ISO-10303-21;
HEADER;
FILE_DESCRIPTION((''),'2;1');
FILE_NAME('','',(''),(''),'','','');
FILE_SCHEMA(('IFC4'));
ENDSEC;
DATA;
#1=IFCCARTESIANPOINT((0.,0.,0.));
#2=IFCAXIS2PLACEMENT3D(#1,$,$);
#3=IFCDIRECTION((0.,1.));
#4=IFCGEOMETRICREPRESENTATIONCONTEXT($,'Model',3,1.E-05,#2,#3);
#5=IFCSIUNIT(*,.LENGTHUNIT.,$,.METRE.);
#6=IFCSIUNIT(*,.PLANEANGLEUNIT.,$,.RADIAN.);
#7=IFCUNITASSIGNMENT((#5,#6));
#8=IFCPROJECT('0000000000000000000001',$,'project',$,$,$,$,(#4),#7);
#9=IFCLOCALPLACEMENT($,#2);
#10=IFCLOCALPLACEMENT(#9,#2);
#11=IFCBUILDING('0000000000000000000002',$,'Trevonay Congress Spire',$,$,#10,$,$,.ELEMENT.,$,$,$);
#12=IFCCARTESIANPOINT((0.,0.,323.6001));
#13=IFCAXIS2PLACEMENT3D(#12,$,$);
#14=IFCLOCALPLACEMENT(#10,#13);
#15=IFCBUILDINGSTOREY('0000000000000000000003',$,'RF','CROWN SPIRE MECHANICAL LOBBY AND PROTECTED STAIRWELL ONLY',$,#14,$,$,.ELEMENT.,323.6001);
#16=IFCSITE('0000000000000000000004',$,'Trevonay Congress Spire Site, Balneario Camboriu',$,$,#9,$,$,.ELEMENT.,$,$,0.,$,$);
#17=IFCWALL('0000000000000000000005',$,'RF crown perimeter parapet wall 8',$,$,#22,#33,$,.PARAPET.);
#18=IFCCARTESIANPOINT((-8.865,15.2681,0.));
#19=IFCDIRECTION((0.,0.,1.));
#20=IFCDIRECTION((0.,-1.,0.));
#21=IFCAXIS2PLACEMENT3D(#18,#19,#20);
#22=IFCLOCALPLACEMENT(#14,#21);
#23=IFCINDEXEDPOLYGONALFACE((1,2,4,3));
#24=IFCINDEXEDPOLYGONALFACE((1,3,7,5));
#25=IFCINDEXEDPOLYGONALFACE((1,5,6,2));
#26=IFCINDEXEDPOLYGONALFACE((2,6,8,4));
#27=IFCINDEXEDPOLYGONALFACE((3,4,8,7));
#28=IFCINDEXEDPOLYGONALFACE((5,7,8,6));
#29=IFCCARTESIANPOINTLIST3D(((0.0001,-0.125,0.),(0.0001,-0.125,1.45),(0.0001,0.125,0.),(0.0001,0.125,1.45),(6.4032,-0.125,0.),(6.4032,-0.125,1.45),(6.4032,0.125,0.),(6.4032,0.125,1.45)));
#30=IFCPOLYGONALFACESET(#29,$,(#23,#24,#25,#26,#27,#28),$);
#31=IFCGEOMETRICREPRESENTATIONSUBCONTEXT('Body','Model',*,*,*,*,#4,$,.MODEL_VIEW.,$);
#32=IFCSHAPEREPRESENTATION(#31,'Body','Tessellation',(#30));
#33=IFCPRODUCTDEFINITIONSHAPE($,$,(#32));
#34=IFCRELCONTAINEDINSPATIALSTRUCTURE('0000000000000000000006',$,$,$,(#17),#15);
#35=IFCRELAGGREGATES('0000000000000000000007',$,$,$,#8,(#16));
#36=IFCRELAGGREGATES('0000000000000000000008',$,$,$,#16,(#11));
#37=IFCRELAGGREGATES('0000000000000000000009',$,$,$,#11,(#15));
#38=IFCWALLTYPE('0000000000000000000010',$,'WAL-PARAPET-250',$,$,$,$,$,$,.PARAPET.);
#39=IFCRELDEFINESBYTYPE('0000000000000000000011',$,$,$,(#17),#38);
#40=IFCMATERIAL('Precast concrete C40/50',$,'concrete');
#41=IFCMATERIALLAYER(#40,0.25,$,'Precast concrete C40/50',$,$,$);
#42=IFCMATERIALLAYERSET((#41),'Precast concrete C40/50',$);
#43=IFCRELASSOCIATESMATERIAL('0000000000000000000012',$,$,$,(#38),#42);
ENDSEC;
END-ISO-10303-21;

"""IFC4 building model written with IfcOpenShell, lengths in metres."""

from ifc_helpers import new_model, si_unit, direction, frame, frame_2d, origin, place, context, subcontext, project, spatial, rectangle, extrude, material, layer, layer_set, type_object, element, save


model = new_model("IFC4")

# Units and contexts
model_context = context("Model", 3, precision=1e-05, world=origin(), true_north=direction((0.0, 1.0)))
body_context = subcontext(model_context, "Body", "Model", "MODEL_VIEW")
ifc_project = project(units=[si_unit("LENGTHUNIT", "METRE"), si_unit("PLANEANGLEUNIT", "RADIAN")], contexts=[model_context])

# Site, building, storey
site_placement = place(None, origin())
site = spatial("IfcSite", under=ifc_project, at=site_placement, Name="Trevonay Congress Spire Site, Balneario Camboriu", CompositionType="ELEMENT", RefElevation=0.0)
building_placement = place(site_placement, origin())
building = spatial("IfcBuilding", under=site, at=building_placement, Name="Trevonay Congress Spire", CompositionType="ELEMENT")
storey_placement = place(building_placement, frame((0.0, 0.0, 323.6001)))
storey = spatial("IfcBuildingStorey", under=building, at=storey_placement, Name="RF", Description="CROWN SPIRE MECHANICAL LOBBY AND PROTECTED STAIRWELL ONLY", CompositionType="ELEMENT", Elevation=323.6001)

# Wall
ifc_material_1 = material(Name="Precast concrete C40/50", Category="concrete")
ifc_layer_1 = layer(ifc_material_1, 0.25, Name="Precast concrete C40/50")
ifc_layer_set_1 = layer_set([ifc_layer_1], Name="Precast concrete C40/50")
wall_type_1 = type_object("IfcWallType", Name="WAL-PARAPET-250", PredefinedType="PARAPET", material=ifc_layer_set_1)
for number, where, z_axis, x_axis, name in (
    (1, (-8.865, 15.2681, 0.0), (0.0, 0.0, 1.0), (0.0, -1.0, 0.0), "RF crown perimeter parapet wall 8"),
):
    element("IfcWall", number, at=place(storey_placement, frame(where, z_axis=z_axis, x_axis=x_axis)), inside=storey, type_object=wall_type_1, Name=name, PredefinedType="PARAPET", context=body_context, shape_type="SweptSolid", body=[
        extrude(rectangle(XDim=6.4031, YDim=0.25, at=frame_2d((3.2017, 0.0))), origin(), (0.0, 0.0, 1.0), 1.45),
    ])

save(model, "model.ifc")
